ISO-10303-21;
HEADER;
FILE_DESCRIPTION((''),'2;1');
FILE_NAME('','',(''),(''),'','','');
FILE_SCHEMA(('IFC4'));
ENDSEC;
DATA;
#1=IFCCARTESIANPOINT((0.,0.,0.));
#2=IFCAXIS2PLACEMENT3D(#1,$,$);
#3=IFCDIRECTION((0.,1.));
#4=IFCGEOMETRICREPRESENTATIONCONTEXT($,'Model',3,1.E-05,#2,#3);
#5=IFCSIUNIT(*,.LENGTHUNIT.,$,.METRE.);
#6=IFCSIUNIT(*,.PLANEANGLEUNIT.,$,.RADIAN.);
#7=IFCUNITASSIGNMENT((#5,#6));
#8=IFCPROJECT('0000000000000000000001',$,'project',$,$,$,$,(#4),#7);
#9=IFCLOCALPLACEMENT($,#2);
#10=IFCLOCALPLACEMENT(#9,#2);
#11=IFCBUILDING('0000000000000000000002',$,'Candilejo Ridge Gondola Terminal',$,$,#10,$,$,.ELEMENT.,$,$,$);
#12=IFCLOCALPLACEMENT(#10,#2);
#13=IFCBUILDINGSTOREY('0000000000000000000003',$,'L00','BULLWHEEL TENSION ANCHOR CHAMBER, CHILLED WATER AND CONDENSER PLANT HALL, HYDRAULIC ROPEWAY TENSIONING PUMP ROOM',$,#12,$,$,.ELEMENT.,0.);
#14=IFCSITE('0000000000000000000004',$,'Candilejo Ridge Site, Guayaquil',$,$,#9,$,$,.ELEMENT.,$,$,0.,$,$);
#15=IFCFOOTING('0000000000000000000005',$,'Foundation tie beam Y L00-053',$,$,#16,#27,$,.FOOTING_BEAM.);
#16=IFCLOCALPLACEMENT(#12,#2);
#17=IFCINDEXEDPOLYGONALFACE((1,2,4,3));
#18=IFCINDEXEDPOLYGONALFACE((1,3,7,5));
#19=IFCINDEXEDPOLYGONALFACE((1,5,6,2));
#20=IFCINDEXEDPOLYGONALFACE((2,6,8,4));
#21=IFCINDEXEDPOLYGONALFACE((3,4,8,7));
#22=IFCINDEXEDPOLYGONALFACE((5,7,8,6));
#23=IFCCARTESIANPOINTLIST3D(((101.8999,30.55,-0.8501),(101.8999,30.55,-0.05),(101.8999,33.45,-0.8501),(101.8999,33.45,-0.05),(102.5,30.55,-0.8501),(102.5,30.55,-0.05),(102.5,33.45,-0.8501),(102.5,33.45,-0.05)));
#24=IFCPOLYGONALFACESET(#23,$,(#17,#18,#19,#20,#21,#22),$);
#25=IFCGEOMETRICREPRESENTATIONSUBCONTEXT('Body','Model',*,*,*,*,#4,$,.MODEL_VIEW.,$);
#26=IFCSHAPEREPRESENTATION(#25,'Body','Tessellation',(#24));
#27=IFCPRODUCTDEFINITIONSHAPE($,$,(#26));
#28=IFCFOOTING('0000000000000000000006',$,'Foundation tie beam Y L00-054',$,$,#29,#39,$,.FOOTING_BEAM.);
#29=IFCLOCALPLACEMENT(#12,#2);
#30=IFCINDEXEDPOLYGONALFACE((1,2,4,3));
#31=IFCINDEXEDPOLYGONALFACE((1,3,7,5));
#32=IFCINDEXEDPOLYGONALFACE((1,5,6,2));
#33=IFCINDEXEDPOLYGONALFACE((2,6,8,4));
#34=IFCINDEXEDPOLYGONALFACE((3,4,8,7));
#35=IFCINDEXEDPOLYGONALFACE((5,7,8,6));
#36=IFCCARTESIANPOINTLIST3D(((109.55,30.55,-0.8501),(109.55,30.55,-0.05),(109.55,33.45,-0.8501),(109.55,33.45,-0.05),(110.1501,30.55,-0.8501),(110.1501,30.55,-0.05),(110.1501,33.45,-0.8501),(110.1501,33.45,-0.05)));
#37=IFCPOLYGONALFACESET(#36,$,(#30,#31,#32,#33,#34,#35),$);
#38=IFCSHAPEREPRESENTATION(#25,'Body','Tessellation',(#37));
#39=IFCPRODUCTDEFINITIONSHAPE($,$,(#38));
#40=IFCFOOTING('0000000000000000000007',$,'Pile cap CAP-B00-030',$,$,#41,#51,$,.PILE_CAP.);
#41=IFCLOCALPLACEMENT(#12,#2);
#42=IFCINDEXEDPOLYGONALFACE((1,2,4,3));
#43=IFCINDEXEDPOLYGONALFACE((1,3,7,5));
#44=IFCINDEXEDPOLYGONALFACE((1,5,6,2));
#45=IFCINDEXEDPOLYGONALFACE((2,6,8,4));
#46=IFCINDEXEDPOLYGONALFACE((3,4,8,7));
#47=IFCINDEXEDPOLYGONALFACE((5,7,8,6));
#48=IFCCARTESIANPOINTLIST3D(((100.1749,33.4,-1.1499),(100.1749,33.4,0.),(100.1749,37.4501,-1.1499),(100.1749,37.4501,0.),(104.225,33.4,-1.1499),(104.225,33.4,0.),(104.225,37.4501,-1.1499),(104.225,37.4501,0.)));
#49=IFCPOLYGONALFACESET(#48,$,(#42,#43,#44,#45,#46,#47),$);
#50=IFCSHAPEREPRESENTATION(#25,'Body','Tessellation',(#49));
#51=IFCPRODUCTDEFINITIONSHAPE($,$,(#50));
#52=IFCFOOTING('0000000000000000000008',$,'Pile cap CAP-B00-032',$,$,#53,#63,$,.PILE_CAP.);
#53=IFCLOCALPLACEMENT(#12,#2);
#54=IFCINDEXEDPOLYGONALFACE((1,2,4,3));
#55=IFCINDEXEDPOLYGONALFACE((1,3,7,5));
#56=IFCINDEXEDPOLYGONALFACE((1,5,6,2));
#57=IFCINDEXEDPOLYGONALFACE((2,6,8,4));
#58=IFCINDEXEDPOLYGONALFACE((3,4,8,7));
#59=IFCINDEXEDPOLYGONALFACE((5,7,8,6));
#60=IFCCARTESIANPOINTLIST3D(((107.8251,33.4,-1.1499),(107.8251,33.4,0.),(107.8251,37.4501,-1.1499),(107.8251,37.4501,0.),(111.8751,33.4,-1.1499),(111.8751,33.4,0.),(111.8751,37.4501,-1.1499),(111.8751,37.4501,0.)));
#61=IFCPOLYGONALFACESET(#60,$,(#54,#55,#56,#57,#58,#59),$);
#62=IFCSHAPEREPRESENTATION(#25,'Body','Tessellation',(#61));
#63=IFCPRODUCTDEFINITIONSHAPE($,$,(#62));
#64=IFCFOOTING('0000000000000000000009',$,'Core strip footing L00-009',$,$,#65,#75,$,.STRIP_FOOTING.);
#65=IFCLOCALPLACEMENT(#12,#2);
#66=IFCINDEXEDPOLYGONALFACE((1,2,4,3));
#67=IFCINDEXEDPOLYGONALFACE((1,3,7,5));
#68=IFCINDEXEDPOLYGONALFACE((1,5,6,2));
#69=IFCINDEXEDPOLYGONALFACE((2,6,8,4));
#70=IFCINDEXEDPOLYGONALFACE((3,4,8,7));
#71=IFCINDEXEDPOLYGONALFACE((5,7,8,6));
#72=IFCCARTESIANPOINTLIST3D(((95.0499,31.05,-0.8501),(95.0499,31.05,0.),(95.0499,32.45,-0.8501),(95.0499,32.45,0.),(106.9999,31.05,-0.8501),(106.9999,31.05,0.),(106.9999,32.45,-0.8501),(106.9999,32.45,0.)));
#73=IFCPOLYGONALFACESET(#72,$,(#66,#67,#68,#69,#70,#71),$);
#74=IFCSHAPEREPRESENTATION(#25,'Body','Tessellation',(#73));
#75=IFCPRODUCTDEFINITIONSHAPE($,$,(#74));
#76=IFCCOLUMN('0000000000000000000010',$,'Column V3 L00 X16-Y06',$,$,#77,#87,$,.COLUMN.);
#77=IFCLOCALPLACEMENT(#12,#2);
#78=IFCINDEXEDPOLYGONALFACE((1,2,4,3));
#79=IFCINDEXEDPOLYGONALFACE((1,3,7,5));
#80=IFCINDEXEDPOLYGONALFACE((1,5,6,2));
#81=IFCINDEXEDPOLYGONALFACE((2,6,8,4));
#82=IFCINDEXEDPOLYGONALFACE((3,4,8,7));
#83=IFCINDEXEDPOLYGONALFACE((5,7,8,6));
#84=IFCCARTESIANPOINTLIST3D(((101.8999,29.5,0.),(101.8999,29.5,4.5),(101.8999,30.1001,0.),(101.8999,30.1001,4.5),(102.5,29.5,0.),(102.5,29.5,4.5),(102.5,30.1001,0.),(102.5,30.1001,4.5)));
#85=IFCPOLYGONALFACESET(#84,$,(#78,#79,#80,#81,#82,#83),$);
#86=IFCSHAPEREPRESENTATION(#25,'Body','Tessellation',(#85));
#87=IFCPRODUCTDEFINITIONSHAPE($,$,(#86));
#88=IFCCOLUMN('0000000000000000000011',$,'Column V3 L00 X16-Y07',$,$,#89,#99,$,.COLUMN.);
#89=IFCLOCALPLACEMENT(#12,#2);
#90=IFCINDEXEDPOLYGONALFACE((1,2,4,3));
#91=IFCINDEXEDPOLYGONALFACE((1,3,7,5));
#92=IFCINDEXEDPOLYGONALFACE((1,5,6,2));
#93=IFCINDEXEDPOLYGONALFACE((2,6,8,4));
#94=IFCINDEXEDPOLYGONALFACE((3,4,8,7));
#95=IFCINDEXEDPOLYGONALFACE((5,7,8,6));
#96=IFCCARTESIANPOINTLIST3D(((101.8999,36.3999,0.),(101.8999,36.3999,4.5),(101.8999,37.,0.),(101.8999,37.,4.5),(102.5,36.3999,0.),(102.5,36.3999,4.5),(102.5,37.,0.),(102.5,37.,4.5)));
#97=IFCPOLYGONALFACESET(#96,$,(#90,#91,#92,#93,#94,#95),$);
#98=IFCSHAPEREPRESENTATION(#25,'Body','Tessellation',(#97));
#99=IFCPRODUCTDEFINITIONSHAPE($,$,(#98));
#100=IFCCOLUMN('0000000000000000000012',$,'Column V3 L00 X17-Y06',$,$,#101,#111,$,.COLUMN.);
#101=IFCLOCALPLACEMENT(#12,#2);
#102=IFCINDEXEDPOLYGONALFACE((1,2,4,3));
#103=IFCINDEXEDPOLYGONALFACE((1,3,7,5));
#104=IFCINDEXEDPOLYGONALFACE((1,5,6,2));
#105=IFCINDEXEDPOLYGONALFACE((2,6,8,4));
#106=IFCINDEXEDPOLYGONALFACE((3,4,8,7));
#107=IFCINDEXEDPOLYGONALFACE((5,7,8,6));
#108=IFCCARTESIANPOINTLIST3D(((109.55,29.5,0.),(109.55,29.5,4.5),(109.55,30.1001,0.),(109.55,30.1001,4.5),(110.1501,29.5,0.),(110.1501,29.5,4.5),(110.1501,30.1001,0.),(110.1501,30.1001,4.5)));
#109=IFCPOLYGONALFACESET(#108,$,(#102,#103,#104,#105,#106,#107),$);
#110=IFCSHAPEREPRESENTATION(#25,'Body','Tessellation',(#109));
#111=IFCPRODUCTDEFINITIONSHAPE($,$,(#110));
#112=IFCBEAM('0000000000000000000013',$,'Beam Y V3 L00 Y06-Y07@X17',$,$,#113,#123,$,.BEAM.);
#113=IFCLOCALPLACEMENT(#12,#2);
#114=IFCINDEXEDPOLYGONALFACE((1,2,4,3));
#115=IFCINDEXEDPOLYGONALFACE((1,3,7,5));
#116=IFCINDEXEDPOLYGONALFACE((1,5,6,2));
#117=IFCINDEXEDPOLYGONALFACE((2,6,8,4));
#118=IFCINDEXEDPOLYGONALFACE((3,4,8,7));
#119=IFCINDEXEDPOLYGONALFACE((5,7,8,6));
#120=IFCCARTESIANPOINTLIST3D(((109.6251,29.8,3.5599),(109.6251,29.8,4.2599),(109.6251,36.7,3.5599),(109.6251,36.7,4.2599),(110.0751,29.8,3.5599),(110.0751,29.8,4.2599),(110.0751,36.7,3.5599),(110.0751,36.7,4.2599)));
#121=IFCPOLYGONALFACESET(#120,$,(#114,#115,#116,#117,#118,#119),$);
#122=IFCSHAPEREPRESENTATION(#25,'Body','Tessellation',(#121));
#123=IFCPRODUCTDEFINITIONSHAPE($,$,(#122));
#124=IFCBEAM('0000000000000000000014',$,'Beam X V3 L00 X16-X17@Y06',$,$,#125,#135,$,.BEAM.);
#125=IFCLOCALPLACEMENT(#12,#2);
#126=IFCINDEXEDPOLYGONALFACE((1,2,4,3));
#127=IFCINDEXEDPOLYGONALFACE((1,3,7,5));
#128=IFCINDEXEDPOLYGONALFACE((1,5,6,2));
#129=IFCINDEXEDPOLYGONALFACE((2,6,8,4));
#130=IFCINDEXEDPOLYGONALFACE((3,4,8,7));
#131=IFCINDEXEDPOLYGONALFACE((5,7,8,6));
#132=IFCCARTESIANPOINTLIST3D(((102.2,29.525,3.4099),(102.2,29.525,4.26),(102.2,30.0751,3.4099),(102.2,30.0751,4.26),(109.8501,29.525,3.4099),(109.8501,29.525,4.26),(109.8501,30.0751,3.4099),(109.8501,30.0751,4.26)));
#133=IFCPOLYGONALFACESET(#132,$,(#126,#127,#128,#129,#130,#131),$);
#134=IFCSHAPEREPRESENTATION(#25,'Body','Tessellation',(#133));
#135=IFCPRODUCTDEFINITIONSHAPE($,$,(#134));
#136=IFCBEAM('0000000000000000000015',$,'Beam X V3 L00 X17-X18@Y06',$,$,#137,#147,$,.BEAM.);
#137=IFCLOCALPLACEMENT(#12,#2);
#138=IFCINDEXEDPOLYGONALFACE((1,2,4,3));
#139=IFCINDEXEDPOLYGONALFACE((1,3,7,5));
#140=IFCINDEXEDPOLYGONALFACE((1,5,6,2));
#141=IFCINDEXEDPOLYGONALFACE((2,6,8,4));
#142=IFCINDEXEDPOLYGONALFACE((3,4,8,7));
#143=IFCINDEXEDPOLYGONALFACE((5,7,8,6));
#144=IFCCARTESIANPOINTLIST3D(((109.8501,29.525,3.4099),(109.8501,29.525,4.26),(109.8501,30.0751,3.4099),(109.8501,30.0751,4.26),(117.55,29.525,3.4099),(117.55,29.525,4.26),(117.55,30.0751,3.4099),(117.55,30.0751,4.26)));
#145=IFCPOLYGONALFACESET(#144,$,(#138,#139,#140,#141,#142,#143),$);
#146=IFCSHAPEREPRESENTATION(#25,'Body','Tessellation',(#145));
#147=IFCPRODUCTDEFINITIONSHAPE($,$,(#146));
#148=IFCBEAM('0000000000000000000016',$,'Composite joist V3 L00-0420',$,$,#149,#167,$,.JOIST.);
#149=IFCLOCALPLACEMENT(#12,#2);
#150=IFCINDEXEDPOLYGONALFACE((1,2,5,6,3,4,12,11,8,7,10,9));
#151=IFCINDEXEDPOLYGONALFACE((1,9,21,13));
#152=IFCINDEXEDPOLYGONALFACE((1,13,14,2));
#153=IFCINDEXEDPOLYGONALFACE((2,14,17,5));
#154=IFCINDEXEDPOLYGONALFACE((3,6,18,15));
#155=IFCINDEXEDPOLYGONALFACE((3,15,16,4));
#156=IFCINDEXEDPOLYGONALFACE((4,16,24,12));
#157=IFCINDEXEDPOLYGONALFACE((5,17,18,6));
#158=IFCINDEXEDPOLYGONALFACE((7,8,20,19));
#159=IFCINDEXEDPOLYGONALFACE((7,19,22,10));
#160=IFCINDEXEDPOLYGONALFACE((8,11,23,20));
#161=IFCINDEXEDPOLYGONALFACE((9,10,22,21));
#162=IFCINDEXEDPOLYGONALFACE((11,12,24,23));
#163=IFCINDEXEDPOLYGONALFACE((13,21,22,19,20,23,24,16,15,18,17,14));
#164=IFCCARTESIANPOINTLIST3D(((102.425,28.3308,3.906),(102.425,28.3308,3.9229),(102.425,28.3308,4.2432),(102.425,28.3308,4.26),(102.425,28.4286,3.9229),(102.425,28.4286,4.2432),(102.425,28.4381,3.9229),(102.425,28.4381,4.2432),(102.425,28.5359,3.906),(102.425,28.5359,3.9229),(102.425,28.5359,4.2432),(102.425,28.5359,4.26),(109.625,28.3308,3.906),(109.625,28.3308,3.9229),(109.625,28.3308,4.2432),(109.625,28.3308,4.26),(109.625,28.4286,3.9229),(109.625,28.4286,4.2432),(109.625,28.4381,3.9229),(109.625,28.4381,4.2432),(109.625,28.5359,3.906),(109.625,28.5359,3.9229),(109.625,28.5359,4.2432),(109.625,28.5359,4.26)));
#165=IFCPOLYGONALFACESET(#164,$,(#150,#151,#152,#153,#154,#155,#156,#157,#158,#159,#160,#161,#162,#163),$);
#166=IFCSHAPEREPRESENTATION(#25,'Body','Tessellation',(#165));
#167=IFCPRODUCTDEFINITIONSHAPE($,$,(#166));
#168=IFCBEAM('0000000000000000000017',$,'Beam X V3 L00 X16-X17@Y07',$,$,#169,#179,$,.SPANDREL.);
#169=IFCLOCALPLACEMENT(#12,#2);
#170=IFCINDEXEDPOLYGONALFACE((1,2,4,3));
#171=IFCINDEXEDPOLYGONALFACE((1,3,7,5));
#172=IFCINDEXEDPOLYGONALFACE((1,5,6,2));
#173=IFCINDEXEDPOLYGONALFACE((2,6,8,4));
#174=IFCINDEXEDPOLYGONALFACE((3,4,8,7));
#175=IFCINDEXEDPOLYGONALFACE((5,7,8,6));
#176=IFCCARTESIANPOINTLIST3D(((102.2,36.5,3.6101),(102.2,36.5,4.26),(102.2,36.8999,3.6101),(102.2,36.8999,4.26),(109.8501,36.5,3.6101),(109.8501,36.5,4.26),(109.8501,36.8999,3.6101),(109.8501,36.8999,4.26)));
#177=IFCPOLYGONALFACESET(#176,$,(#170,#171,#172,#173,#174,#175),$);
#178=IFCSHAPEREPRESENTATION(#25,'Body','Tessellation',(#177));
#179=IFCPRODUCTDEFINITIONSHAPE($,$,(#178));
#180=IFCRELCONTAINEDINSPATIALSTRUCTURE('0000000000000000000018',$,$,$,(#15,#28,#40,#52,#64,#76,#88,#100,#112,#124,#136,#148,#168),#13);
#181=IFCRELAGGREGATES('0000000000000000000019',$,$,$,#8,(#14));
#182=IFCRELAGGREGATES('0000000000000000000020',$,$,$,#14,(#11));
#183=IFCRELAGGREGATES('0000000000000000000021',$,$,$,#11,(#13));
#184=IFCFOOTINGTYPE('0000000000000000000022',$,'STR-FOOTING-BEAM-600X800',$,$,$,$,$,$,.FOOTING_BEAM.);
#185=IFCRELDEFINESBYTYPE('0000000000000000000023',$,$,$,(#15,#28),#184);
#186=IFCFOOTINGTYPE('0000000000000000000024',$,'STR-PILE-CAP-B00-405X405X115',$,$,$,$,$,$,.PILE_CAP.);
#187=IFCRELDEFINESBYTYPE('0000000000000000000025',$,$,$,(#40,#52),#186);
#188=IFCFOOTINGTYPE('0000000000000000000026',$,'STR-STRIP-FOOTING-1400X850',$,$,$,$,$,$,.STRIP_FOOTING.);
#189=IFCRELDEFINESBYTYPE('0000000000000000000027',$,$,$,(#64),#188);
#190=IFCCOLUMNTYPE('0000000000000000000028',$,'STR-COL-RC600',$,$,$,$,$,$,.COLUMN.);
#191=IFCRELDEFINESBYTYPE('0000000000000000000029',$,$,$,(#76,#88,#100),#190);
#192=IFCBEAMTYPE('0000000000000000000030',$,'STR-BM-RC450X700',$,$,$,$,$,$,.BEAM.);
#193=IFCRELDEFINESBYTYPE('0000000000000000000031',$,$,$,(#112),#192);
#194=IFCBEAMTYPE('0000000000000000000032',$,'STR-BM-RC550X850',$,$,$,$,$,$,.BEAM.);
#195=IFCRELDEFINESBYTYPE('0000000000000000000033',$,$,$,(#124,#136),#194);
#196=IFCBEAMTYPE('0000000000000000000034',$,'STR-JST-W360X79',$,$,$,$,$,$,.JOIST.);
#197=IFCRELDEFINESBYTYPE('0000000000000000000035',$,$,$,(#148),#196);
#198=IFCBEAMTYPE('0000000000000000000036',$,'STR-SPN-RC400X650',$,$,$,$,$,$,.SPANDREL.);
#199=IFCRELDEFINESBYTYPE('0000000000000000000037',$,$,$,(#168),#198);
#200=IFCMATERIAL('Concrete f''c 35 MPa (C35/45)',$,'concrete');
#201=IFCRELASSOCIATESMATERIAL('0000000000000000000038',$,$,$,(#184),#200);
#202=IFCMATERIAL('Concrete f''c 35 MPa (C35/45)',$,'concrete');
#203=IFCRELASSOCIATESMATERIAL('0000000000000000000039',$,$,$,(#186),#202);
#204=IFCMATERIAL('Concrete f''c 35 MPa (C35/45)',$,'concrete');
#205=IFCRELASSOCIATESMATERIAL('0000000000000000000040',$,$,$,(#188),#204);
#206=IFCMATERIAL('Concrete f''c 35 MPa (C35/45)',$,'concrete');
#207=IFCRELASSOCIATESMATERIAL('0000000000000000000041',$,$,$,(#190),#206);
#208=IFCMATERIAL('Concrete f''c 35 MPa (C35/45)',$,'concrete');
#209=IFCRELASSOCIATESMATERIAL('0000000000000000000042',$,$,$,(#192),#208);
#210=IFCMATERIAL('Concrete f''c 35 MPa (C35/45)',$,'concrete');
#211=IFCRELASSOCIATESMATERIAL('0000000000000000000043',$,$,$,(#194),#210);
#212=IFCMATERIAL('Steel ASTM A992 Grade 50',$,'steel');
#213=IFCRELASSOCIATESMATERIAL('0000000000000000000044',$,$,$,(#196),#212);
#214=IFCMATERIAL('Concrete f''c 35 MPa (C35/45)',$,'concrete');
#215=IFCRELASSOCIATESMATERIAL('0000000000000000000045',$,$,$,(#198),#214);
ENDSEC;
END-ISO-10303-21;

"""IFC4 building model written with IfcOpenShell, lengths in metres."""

from ifc_helpers import new_model, si_unit, direction, frame, origin, origin_2d, place, context, subcontext, project, spatial, rectangle, i_section, extrude, material, material_profile, profile_set, type_object, element, save


model = new_model("IFC4")

# Units and contexts
model_context = context("Model", 3, precision=1e-05, world=origin(), true_north=direction((0.0, 1.0)))
body_context = subcontext(model_context, "Body", "Model", "MODEL_VIEW")
ifc_project = project(units=[si_unit("LENGTHUNIT", "METRE"), si_unit("PLANEANGLEUNIT", "RADIAN")], contexts=[model_context])

# Site, building, storey
site_placement = place(None, origin())
site = spatial("IfcSite", under=ifc_project, at=site_placement, Name="Candilejo Ridge Site, Guayaquil", CompositionType="ELEMENT", RefElevation=0.0)
building_placement = place(site_placement, origin())
building = spatial("IfcBuilding", under=site, at=building_placement, Name="Candilejo Ridge Gondola Terminal", CompositionType="ELEMENT")
storey_placement = place(building_placement, origin())
storey = spatial("IfcBuildingStorey", under=building, at=storey_placement, Name="L00", Description="BULLWHEEL TENSION ANCHOR CHAMBER, CHILLED WATER AND CONDENSER PLANT HALL, HYDRAULIC ROPEWAY TENSIONING PUMP ROOM", CompositionType="ELEMENT", Elevation=0.0)

# Footings
ifc_material_1 = material(Name="Concrete f'c 35 MPa (C35/45)", Category="concrete")
footing_type_1 = type_object("IfcFootingType", Name="STR-FOOTING-BEAM-600X800", PredefinedType="FOOTING_BEAM", material=ifc_material_1)
for number, where, z_axis, x_axis, name in (
    (1, (102.2, 32.0, -0.8501), (0.0, 0.0, 1.0), (1.0, 0.0, 0.0), "Foundation tie beam Y L00-053"),
    (2, (109.8501, 32.0, -0.8501), (0.0, 0.0, 1.0), (1.0, 0.0, 0.0), "Foundation tie beam Y L00-054"),
):
    element("IfcFooting", number, at=place(storey_placement, frame(where, z_axis=z_axis, x_axis=x_axis)), inside=storey, type_object=footing_type_1, Name=name, PredefinedType="FOOTING_BEAM", context=body_context, shape_type="SweptSolid", body=[
        extrude(rectangle(XDim=0.6001, YDim=2.8999, at=origin_2d()), origin(), (0.0, 0.0, 1.0), 0.8),
    ])
ifc_material_2 = material(Name="Concrete f'c 35 MPa (C35/45)", Category="concrete")
footing_type_2 = type_object("IfcFootingType", Name="STR-PILE-CAP-B00-405X405X115", PredefinedType="PILE_CAP", material=ifc_material_2)
for number, where, z_axis, x_axis, name in (
    (3, (102.2, 35.425, -1.1499), (0.0, 0.0, 1.0), (1.0, 0.0, 0.0), "Pile cap CAP-B00-030"),
    (4, (109.8501, 35.425, -1.1499), (0.0, 0.0, 1.0), (1.0, 0.0, 0.0), "Pile cap CAP-B00-032"),
):
    element("IfcFooting", number, at=place(storey_placement, frame(where, z_axis=z_axis, x_axis=x_axis)), inside=storey, type_object=footing_type_2, Name=name, PredefinedType="PILE_CAP", context=body_context, shape_type="SweptSolid", body=[
        extrude(rectangle(XDim=4.05, YDim=4.05, at=origin_2d()), origin(), (0.0, 0.0, 1.0), 1.1499),
    ])
ifc_material_3 = material(Name="Concrete f'c 35 MPa (C35/45)", Category="concrete")
footing_type_3 = type_object("IfcFootingType", Name="STR-STRIP-FOOTING-1400X850", PredefinedType="STRIP_FOOTING", material=ifc_material_3)
footing_1_placement = place(storey_placement, frame((101.0249, 31.75, -0.8501), z_axis=(0.0, 0.0, 1.0), x_axis=(1.0, 0.0, 0.0)))
element("IfcFooting", 5, at=footing_1_placement, inside=storey, type_object=footing_type_3, Name="Core strip footing L00-009", PredefinedType="STRIP_FOOTING", context=body_context, shape_type="SweptSolid", body=[
    extrude(rectangle(XDim=11.95, YDim=1.3999, at=origin_2d()), origin(), (0.0, 0.0, 1.0), 0.8501),
])

# Columns
ifc_material_4 = material(Name="Concrete f'c 35 MPa (C35/45)", Category="concrete")
ifc_material_profile_1 = material_profile(ifc_material_4, rectangle(XDim=0.6001, YDim=0.6001, at=origin_2d()))
ifc_profile_set_1 = profile_set([ifc_material_profile_1], Name="Concrete f'c 35 MPa (C35/45)")
column_type = type_object("IfcColumnType", Name="STR-COL-RC600", PredefinedType="COLUMN", material=ifc_profile_set_1)
for number, where, z_axis, x_axis, name in (
    (6, (102.2, 29.8, 0.0), (0.0, 0.0, 1.0), (1.0, 0.0, 0.0), "Column V3 L00 X16-Y06"),
    (7, (102.2, 36.7, 0.0), (0.0, 0.0, 1.0), (1.0, 0.0, 0.0), "Column V3 L00 X16-Y07"),
    (8, (109.8501, 29.8, 0.0), (0.0, 0.0, 1.0), (1.0, 0.0, 0.0), "Column V3 L00 X17-Y06"),
):
    element("IfcColumn", number, at=place(storey_placement, frame(where, z_axis=z_axis, x_axis=x_axis)), inside=storey, type_object=column_type, Name=name, PredefinedType="COLUMN", context=body_context, shape_type="SweptSolid", body=[
        extrude(rectangle(XDim=0.6001, YDim=0.6001, at=origin_2d()), origin(), (0.0, 0.0, 1.0), 4.5),
    ])

# Beams
ifc_material_5 = material(Name="Concrete f'c 35 MPa (C35/45)", Category="concrete")
ifc_material_profile_2 = material_profile(ifc_material_5, rectangle(XDim=0.45, YDim=0.7, at=origin_2d()))
ifc_profile_set_2 = profile_set([ifc_material_profile_2], Name="Concrete f'c 35 MPa (C35/45)")
beam_type_1 = type_object("IfcBeamType", Name="STR-BM-RC450X700", PredefinedType="BEAM", material=ifc_profile_set_2)
beam_1_placement = place(storey_placement, frame((109.8501, 29.8, 3.9099), z_axis=(0.0, 1.0, 0.0), x_axis=(-1.0, 0.0, 0.0)))
element("IfcBeam", 9, at=beam_1_placement, inside=storey, type_object=beam_type_1, Name="Beam Y V3 L00 Y06-Y07@X17", PredefinedType="BEAM", context=body_context, shape_type="SweptSolid", body=[
    extrude(rectangle(XDim=0.45, YDim=0.7, at=origin_2d()), origin(), (0.0, 0.0, 1.0), 6.8999),
])
ifc_material_6 = material(Name="Concrete f'c 35 MPa (C35/45)", Category="concrete")
ifc_material_profile_3 = material_profile(ifc_material_6, rectangle(XDim=0.55, YDim=0.8501, at=origin_2d()))
ifc_profile_set_3 = profile_set([ifc_material_profile_3], Name="Concrete f'c 35 MPa (C35/45)")
beam_type_2 = type_object("IfcBeamType", Name="STR-BM-RC550X850", PredefinedType="BEAM", material=ifc_profile_set_3)
beam_2_placement = place(storey_placement, frame((102.2, 29.8, 3.835), z_axis=(1.0, 0.0, 0.0), x_axis=(0.0, 1.0, 0.0)))
element("IfcBeam", 10, at=beam_2_placement, inside=storey, type_object=beam_type_2, Name="Beam X V3 L00 X16-X17@Y06", PredefinedType="BEAM", context=body_context, shape_type="SweptSolid", body=[
    extrude(rectangle(XDim=0.55, YDim=0.8501, at=origin_2d()), origin(), (0.0, 0.0, 1.0), 7.6501),
])
beam_3_placement = place(storey_placement, frame((109.8501, 29.8, 3.835), z_axis=(1.0, 0.0, 0.0), x_axis=(0.0, 1.0, 0.0)))
element("IfcBeam", 11, at=beam_3_placement, inside=storey, type_object=beam_type_2, Name="Beam X V3 L00 X17-X18@Y06", PredefinedType="BEAM", context=body_context, shape_type="SweptSolid", body=[
    extrude(rectangle(XDim=0.55, YDim=0.8501, at=origin_2d()), origin(), (0.0, 0.0, 1.0), 7.7),
])
ifc_material_7 = material(Name="Steel ASTM A992 Grade 50", Category="steel")
ifc_material_profile_4 = material_profile(ifc_material_7, i_section(OverallWidth=0.2051, OverallDepth=0.354, WebThickness=0.0095, FlangeThickness=0.0168, at=origin_2d()))
ifc_profile_set_4 = profile_set([ifc_material_profile_4], Name="Steel ASTM A992 Grade 50")
beam_type_3 = type_object("IfcBeamType", Name="STR-JST-W360X79", PredefinedType="JOIST", material=ifc_profile_set_4)
beam_4_placement = place(storey_placement, frame((102.425, 28.4333, 4.083), z_axis=(1.0, 0.0, 0.0), x_axis=(0.0, 1.0, 0.0)))
element("IfcBeam", 12, at=beam_4_placement, inside=storey, type_object=beam_type_3, Name="Composite joist V3 L00-0420", PredefinedType="JOIST", context=body_context, shape_type="SweptSolid", body=[
    extrude(i_section(OverallWidth=0.2051, OverallDepth=0.354, WebThickness=0.0095, FlangeThickness=0.0168, at=origin_2d()), origin(), (0.0, 0.0, 1.0), 7.2),
])
ifc_material_8 = material(Name="Concrete f'c 35 MPa (C35/45)", Category="concrete")
ifc_material_profile_5 = material_profile(ifc_material_8, rectangle(XDim=0.3999, YDim=0.6499, at=origin_2d()))
ifc_profile_set_5 = profile_set([ifc_material_profile_5], Name="Concrete f'c 35 MPa (C35/45)")
beam_type_4 = type_object("IfcBeamType", Name="STR-SPN-RC400X650", PredefinedType="SPANDREL", material=ifc_profile_set_5)
beam_5_placement = place(storey_placement, frame((102.2, 36.7, 3.9351), z_axis=(1.0, 0.0, 0.0), x_axis=(0.0, 1.0, 0.0)))
element("IfcBeam", 13, at=beam_5_placement, inside=storey, type_object=beam_type_4, Name="Beam X V3 L00 X16-X17@Y07", PredefinedType="SPANDREL", context=body_context, shape_type="SweptSolid", body=[
    extrude(rectangle(XDim=0.3999, YDim=0.6499, at=origin_2d()), origin(), (0.0, 0.0, 1.0), 7.6501),
])

save(model, "model.ifc")
